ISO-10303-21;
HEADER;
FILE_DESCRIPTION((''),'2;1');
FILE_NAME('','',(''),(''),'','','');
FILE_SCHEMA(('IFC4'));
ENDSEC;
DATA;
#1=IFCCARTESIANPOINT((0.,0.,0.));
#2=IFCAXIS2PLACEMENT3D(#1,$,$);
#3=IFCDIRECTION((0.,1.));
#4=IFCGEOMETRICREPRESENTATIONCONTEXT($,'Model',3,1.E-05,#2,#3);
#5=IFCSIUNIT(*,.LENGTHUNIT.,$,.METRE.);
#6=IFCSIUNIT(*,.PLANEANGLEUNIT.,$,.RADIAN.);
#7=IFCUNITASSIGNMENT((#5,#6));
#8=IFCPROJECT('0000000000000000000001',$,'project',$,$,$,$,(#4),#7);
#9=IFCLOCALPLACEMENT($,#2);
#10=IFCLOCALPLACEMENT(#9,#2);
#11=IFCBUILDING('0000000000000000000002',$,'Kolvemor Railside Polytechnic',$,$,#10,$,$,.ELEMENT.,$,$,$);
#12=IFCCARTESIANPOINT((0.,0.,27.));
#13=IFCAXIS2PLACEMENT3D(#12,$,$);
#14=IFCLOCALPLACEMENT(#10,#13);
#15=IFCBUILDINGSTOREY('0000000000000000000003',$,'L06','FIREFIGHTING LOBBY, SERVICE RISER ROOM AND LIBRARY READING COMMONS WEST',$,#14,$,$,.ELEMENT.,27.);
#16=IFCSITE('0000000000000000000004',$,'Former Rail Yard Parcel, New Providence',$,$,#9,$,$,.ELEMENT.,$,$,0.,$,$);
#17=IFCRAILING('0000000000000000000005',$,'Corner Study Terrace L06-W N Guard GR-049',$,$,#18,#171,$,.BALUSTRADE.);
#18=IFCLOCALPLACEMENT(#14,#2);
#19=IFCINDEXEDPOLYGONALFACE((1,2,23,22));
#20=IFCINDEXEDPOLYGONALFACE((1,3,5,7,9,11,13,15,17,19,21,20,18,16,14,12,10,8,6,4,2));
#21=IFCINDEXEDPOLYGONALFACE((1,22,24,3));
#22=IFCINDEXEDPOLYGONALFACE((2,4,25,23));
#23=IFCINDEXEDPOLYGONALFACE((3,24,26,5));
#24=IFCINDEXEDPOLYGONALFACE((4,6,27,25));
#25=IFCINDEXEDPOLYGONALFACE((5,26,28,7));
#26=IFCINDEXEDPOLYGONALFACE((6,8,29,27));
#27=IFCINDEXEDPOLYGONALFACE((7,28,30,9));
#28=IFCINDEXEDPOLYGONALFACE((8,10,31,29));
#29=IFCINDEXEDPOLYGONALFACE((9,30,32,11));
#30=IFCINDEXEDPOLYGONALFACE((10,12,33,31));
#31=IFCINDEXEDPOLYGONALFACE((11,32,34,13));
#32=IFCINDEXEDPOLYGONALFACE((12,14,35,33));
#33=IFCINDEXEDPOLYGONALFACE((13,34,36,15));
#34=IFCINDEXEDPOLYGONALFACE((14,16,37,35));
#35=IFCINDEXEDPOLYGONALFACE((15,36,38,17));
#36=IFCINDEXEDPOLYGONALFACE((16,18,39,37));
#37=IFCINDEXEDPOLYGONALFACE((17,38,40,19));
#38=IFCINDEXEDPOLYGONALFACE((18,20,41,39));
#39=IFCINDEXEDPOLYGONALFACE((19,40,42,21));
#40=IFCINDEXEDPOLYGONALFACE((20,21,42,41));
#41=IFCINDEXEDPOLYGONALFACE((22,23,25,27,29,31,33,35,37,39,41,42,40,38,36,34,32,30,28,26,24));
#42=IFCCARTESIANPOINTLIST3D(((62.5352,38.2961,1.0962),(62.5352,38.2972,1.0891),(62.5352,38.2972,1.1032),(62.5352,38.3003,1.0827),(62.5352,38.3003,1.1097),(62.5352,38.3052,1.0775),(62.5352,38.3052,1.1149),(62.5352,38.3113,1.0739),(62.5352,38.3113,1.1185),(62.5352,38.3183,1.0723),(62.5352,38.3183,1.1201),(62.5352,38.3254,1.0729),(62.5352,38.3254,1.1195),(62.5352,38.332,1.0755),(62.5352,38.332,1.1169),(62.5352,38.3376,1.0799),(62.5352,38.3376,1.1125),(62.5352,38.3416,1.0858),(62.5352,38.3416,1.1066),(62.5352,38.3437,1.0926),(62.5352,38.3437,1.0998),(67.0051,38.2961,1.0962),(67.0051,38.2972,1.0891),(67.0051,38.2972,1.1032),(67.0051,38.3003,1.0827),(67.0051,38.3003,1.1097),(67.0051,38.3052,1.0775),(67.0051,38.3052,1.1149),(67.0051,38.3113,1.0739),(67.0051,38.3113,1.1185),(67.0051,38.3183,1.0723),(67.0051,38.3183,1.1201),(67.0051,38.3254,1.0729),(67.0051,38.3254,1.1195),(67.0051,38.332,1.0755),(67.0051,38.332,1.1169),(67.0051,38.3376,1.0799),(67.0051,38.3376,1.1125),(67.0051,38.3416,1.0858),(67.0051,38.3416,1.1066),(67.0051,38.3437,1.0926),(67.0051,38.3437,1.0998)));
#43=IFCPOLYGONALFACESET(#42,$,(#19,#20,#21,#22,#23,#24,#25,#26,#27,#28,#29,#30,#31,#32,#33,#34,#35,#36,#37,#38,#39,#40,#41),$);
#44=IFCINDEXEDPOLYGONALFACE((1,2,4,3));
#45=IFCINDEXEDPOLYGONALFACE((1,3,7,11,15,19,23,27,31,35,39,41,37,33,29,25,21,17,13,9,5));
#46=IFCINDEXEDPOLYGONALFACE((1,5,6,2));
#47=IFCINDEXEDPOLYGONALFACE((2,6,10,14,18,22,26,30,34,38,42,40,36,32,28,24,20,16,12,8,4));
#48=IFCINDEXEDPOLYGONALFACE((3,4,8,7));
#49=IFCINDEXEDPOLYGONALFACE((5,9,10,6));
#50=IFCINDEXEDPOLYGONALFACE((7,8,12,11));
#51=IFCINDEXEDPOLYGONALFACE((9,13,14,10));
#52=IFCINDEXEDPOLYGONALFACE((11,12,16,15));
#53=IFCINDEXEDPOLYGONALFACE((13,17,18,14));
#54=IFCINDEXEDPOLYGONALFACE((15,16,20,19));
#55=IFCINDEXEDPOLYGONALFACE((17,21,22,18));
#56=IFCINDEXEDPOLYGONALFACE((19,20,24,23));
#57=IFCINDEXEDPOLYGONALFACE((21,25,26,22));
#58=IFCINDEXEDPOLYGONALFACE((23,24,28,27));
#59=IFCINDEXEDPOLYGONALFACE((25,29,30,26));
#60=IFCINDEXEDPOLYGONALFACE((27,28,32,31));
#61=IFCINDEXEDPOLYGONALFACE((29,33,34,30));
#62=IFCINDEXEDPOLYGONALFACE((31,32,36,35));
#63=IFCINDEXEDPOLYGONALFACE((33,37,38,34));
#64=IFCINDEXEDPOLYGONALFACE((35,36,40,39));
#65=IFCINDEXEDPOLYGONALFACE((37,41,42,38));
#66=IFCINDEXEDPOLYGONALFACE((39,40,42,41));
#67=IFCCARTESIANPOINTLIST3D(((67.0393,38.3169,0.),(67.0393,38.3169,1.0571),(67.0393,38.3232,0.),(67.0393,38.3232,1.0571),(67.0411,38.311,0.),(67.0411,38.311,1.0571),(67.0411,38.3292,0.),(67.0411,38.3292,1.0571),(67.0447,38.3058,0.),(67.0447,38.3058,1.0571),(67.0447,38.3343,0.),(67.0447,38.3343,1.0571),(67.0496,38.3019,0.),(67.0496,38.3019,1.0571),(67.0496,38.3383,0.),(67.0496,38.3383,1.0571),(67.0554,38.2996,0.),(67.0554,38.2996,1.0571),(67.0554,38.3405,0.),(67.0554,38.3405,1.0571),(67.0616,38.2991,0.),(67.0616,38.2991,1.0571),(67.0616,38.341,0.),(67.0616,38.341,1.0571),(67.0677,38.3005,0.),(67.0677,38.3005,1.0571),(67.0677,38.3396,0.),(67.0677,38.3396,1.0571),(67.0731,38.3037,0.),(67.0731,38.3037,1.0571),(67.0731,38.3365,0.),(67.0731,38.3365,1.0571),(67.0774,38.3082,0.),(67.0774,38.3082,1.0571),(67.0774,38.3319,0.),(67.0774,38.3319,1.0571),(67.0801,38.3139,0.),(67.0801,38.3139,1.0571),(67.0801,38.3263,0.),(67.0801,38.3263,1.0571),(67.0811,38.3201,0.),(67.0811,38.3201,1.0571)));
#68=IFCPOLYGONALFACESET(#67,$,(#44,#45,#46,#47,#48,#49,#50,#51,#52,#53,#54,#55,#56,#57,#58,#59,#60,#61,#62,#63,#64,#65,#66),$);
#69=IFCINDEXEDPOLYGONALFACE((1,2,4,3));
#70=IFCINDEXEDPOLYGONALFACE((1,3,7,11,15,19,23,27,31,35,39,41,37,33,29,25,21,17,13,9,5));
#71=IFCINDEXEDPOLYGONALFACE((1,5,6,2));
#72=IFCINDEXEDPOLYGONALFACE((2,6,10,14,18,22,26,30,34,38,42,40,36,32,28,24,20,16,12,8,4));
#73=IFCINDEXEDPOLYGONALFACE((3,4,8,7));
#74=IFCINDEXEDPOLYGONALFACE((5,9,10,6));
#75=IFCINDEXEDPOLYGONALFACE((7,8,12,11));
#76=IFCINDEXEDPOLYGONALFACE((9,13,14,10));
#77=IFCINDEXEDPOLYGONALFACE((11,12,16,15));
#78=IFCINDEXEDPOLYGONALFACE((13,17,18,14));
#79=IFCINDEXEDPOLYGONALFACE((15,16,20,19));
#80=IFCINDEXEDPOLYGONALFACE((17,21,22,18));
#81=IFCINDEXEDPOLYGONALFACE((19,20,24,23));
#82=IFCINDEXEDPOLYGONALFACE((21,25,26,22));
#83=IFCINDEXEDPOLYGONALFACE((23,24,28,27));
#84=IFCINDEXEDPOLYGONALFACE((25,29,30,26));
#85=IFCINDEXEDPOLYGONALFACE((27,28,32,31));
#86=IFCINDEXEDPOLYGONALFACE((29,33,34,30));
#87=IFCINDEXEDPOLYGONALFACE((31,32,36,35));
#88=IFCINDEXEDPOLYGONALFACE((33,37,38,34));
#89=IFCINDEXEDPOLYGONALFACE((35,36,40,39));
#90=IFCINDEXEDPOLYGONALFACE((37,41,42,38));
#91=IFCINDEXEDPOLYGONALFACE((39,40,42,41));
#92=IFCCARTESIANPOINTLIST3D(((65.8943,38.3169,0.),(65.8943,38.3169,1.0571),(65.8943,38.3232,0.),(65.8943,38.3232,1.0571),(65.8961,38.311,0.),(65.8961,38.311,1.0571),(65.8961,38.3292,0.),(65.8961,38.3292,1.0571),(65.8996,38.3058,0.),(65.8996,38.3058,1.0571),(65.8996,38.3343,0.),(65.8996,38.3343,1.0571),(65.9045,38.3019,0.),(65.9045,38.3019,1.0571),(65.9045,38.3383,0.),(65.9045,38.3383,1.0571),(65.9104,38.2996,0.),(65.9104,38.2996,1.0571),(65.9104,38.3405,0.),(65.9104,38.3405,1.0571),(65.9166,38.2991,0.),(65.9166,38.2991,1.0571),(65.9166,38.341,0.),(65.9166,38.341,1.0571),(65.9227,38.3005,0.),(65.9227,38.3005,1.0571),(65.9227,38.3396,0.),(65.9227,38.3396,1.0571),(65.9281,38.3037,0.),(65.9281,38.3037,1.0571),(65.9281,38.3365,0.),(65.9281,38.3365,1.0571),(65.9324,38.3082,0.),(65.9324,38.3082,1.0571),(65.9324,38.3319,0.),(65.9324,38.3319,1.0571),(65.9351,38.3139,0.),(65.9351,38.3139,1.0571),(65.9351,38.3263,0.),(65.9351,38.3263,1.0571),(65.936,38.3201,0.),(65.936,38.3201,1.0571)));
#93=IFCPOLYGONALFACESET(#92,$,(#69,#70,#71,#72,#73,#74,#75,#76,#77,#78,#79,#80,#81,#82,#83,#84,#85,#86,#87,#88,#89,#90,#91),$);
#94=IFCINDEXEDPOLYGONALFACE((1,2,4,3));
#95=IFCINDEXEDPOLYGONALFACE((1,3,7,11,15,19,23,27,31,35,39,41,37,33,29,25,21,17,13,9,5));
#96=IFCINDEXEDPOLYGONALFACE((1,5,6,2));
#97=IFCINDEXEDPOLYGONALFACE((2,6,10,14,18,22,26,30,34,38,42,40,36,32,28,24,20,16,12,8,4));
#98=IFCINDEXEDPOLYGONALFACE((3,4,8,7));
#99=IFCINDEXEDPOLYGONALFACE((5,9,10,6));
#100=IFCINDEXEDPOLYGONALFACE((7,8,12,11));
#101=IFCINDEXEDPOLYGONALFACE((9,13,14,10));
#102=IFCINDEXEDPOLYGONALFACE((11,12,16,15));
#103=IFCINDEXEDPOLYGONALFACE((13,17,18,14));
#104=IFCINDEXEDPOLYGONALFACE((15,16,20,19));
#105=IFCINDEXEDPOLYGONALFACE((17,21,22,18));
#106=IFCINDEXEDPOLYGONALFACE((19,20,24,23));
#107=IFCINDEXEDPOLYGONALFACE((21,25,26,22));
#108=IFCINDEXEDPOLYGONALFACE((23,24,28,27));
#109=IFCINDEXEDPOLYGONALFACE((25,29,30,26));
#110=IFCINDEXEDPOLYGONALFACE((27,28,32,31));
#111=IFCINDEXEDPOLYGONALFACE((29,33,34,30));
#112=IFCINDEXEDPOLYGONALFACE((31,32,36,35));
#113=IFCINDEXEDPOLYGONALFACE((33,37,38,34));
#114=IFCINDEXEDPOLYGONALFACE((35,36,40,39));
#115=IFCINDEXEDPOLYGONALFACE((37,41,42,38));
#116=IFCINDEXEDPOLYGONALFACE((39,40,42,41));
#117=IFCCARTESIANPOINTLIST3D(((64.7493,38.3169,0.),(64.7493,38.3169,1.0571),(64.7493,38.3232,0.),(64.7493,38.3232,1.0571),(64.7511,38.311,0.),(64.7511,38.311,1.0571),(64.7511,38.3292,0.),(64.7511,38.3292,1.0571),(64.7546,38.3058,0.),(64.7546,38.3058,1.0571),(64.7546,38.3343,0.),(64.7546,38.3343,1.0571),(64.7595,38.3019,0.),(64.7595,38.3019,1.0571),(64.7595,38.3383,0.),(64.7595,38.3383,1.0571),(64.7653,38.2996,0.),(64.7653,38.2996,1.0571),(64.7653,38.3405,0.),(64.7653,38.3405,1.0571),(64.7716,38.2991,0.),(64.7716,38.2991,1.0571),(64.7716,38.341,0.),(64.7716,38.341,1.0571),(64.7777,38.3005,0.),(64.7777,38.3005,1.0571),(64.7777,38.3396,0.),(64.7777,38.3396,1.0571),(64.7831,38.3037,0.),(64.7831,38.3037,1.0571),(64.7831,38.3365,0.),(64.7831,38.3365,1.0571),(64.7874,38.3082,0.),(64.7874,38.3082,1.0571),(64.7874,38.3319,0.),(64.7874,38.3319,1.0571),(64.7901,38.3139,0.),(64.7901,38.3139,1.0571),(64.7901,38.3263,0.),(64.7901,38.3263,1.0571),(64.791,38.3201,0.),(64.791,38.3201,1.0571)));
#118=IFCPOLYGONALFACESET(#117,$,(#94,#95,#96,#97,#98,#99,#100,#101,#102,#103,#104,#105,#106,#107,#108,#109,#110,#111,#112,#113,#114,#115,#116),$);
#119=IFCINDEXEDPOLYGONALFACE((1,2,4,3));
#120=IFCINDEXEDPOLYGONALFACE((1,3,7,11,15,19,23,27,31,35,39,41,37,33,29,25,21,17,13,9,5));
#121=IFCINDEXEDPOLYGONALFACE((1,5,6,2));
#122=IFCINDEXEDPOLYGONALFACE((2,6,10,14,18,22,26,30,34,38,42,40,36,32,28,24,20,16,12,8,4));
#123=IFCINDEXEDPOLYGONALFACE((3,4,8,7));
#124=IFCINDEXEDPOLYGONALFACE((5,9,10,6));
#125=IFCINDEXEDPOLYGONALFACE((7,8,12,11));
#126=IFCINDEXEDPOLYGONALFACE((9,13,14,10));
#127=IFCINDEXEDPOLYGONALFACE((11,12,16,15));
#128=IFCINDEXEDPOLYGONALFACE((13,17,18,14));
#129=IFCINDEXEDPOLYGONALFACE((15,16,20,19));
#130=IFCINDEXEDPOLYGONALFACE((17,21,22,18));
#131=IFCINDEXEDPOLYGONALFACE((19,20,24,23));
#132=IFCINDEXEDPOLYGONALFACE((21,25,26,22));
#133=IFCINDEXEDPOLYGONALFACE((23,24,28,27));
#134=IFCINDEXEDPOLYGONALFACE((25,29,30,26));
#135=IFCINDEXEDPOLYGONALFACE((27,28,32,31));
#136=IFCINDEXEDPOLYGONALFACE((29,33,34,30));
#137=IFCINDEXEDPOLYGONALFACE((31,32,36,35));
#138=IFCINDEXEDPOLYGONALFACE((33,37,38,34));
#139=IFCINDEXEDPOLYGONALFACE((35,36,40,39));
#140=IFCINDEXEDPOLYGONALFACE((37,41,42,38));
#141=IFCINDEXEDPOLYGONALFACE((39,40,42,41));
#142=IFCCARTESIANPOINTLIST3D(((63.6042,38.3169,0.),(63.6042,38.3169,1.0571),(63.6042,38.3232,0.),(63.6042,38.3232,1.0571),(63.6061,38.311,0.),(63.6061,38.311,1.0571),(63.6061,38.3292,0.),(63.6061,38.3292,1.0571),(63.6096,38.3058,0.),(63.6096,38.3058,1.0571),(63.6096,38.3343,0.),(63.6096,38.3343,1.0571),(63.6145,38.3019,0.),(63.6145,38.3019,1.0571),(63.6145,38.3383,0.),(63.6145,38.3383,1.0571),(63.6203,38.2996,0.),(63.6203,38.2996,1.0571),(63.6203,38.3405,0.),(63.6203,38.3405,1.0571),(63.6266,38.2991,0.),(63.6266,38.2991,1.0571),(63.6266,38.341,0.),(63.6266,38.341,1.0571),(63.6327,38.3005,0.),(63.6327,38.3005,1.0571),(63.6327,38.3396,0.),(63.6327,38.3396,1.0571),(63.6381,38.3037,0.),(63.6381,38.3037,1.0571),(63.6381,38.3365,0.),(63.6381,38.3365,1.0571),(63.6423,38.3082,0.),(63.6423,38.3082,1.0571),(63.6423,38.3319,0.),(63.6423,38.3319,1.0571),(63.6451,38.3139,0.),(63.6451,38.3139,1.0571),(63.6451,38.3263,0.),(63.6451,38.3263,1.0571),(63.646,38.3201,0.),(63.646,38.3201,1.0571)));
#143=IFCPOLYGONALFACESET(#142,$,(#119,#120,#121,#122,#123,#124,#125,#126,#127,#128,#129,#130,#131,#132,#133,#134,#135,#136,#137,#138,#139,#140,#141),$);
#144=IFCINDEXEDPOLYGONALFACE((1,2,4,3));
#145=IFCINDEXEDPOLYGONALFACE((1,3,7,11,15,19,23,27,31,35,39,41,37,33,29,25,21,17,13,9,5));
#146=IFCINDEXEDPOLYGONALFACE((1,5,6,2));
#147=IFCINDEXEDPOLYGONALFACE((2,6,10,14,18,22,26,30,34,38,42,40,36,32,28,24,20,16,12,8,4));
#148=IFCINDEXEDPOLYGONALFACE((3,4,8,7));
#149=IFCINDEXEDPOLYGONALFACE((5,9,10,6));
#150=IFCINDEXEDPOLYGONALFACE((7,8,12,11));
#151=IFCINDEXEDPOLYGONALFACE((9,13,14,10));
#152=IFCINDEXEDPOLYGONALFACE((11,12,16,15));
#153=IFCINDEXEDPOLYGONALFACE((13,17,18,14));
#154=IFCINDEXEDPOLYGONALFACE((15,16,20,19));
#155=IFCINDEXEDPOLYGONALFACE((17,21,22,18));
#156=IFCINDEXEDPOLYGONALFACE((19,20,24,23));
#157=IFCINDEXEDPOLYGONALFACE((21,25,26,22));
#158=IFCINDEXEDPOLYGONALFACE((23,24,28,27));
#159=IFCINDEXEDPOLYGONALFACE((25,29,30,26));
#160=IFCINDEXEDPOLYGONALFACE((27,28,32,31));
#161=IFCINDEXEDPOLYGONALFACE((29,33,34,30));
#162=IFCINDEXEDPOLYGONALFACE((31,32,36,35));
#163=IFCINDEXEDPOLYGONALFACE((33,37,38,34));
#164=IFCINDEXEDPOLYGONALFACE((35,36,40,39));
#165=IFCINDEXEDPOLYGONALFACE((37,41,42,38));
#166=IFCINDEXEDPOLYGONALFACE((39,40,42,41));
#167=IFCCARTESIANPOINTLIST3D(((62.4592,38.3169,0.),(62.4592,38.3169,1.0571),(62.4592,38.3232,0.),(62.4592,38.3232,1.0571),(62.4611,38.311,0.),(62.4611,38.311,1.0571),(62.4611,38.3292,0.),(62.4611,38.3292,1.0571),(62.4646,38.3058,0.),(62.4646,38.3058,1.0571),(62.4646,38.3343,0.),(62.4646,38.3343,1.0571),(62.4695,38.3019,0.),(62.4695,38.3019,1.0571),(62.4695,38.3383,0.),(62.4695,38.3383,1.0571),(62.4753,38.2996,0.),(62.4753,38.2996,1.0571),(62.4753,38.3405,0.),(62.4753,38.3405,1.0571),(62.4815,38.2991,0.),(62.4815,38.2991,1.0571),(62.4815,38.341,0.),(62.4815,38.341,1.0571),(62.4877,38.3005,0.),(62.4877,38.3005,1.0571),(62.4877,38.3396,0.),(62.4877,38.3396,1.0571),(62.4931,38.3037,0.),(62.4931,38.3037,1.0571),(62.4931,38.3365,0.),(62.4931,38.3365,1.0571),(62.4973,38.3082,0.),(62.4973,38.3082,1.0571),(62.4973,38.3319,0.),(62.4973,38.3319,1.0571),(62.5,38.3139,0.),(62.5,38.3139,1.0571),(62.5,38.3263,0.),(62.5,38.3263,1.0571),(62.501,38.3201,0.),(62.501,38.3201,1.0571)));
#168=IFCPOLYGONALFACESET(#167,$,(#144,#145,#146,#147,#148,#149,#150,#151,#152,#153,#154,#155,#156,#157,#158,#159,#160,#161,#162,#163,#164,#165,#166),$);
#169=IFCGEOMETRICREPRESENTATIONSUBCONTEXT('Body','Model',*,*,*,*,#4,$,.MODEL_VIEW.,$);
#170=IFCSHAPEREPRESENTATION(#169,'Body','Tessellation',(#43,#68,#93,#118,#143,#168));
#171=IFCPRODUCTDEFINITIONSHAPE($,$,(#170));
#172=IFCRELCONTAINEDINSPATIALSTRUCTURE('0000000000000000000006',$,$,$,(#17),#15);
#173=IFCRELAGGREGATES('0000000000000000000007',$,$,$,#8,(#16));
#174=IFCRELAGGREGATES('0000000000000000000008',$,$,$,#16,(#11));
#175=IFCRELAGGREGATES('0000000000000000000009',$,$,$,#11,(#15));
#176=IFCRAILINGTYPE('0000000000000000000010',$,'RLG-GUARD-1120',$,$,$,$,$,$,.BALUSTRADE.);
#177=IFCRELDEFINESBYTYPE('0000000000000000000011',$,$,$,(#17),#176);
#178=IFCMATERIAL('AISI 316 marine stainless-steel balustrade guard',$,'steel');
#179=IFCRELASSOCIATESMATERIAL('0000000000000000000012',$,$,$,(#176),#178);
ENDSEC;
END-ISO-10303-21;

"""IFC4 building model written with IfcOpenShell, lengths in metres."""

from ifc_helpers import new_model, si_unit, direction, frame, origin, origin_2d, place, context, subcontext, project, spatial, circle, extrude, material, type_object, element, save


model = new_model("IFC4")

# Units and contexts
model_context = context("Model", 3, precision=1e-05, world=origin(), true_north=direction((0.0, 1.0)))
body_context = subcontext(model_context, "Body", "Model", "MODEL_VIEW")
ifc_project = project(units=[si_unit("LENGTHUNIT", "METRE"), si_unit("PLANEANGLEUNIT", "RADIAN")], contexts=[model_context])

# Site, building, storey
site_placement = place(None, origin())
site = spatial("IfcSite", under=ifc_project, at=site_placement, Name="Former Rail Yard Parcel, New Providence", CompositionType="ELEMENT", RefElevation=0.0)
building_placement = place(site_placement, origin())
building = spatial("IfcBuilding", under=site, at=building_placement, Name="Kolvemor Railside Polytechnic", CompositionType="ELEMENT")
storey_placement = place(building_placement, frame((0.0, 0.0, 27.0)))
storey = spatial("IfcBuildingStorey", under=building, at=storey_placement, Name="L06", Description="FIREFIGHTING LOBBY, SERVICE RISER ROOM AND LIBRARY READING COMMONS WEST", CompositionType="ELEMENT", Elevation=27.0)

# Railing
ifc_material_1 = material(Name="AISI 316 marine stainless-steel balustrade guard", Category="steel")
railing_type = type_object("IfcRailingType", Name="RLG-GUARD-1120", PredefinedType="BALUSTRADE", material=ifc_material_1)
railing_1_placement = place(storey_placement, frame((67.0601, 38.3201, 0.0)))
element("IfcRailing", 1, at=railing_1_placement, inside=storey, type_object=railing_type, Name="Corner Study Terrace L06-W N Guard GR-049", PredefinedType="BALUSTRADE", context=body_context, shape_type="SweptSolid", body=[
    extrude(circle(Radius=0.0239, at=origin_2d()), frame((-0.0549, 0.0, 1.0962), z_axis=(-1.0, 0.0, 0.0), x_axis=(0.0, -1.0, 0.0)), (0.0, 0.0, 1.0), 4.47),
    extrude(circle(Radius=0.021, at=origin_2d()), origin(), (0.0, 0.0, 1.0), 1.0571),
    extrude(circle(Radius=0.021, at=origin_2d()), frame((-1.145, 0.0, 0.0)), (0.0, 0.0, 1.0), 1.0571),
    extrude(circle(Radius=0.021, at=origin_2d()), frame((-2.29, 0.0, 0.0)), (0.0, 0.0, 1.0), 1.0571),
    extrude(circle(Radius=0.021, at=origin_2d()), frame((-3.4351, 0.0, 0.0)), (0.0, 0.0, 1.0), 1.0571),
    extrude(circle(Radius=0.021, at=origin_2d()), frame((-4.5801, 0.0, 0.0)), (0.0, 0.0, 1.0), 1.0571),
])

save(model, "model.ifc")
